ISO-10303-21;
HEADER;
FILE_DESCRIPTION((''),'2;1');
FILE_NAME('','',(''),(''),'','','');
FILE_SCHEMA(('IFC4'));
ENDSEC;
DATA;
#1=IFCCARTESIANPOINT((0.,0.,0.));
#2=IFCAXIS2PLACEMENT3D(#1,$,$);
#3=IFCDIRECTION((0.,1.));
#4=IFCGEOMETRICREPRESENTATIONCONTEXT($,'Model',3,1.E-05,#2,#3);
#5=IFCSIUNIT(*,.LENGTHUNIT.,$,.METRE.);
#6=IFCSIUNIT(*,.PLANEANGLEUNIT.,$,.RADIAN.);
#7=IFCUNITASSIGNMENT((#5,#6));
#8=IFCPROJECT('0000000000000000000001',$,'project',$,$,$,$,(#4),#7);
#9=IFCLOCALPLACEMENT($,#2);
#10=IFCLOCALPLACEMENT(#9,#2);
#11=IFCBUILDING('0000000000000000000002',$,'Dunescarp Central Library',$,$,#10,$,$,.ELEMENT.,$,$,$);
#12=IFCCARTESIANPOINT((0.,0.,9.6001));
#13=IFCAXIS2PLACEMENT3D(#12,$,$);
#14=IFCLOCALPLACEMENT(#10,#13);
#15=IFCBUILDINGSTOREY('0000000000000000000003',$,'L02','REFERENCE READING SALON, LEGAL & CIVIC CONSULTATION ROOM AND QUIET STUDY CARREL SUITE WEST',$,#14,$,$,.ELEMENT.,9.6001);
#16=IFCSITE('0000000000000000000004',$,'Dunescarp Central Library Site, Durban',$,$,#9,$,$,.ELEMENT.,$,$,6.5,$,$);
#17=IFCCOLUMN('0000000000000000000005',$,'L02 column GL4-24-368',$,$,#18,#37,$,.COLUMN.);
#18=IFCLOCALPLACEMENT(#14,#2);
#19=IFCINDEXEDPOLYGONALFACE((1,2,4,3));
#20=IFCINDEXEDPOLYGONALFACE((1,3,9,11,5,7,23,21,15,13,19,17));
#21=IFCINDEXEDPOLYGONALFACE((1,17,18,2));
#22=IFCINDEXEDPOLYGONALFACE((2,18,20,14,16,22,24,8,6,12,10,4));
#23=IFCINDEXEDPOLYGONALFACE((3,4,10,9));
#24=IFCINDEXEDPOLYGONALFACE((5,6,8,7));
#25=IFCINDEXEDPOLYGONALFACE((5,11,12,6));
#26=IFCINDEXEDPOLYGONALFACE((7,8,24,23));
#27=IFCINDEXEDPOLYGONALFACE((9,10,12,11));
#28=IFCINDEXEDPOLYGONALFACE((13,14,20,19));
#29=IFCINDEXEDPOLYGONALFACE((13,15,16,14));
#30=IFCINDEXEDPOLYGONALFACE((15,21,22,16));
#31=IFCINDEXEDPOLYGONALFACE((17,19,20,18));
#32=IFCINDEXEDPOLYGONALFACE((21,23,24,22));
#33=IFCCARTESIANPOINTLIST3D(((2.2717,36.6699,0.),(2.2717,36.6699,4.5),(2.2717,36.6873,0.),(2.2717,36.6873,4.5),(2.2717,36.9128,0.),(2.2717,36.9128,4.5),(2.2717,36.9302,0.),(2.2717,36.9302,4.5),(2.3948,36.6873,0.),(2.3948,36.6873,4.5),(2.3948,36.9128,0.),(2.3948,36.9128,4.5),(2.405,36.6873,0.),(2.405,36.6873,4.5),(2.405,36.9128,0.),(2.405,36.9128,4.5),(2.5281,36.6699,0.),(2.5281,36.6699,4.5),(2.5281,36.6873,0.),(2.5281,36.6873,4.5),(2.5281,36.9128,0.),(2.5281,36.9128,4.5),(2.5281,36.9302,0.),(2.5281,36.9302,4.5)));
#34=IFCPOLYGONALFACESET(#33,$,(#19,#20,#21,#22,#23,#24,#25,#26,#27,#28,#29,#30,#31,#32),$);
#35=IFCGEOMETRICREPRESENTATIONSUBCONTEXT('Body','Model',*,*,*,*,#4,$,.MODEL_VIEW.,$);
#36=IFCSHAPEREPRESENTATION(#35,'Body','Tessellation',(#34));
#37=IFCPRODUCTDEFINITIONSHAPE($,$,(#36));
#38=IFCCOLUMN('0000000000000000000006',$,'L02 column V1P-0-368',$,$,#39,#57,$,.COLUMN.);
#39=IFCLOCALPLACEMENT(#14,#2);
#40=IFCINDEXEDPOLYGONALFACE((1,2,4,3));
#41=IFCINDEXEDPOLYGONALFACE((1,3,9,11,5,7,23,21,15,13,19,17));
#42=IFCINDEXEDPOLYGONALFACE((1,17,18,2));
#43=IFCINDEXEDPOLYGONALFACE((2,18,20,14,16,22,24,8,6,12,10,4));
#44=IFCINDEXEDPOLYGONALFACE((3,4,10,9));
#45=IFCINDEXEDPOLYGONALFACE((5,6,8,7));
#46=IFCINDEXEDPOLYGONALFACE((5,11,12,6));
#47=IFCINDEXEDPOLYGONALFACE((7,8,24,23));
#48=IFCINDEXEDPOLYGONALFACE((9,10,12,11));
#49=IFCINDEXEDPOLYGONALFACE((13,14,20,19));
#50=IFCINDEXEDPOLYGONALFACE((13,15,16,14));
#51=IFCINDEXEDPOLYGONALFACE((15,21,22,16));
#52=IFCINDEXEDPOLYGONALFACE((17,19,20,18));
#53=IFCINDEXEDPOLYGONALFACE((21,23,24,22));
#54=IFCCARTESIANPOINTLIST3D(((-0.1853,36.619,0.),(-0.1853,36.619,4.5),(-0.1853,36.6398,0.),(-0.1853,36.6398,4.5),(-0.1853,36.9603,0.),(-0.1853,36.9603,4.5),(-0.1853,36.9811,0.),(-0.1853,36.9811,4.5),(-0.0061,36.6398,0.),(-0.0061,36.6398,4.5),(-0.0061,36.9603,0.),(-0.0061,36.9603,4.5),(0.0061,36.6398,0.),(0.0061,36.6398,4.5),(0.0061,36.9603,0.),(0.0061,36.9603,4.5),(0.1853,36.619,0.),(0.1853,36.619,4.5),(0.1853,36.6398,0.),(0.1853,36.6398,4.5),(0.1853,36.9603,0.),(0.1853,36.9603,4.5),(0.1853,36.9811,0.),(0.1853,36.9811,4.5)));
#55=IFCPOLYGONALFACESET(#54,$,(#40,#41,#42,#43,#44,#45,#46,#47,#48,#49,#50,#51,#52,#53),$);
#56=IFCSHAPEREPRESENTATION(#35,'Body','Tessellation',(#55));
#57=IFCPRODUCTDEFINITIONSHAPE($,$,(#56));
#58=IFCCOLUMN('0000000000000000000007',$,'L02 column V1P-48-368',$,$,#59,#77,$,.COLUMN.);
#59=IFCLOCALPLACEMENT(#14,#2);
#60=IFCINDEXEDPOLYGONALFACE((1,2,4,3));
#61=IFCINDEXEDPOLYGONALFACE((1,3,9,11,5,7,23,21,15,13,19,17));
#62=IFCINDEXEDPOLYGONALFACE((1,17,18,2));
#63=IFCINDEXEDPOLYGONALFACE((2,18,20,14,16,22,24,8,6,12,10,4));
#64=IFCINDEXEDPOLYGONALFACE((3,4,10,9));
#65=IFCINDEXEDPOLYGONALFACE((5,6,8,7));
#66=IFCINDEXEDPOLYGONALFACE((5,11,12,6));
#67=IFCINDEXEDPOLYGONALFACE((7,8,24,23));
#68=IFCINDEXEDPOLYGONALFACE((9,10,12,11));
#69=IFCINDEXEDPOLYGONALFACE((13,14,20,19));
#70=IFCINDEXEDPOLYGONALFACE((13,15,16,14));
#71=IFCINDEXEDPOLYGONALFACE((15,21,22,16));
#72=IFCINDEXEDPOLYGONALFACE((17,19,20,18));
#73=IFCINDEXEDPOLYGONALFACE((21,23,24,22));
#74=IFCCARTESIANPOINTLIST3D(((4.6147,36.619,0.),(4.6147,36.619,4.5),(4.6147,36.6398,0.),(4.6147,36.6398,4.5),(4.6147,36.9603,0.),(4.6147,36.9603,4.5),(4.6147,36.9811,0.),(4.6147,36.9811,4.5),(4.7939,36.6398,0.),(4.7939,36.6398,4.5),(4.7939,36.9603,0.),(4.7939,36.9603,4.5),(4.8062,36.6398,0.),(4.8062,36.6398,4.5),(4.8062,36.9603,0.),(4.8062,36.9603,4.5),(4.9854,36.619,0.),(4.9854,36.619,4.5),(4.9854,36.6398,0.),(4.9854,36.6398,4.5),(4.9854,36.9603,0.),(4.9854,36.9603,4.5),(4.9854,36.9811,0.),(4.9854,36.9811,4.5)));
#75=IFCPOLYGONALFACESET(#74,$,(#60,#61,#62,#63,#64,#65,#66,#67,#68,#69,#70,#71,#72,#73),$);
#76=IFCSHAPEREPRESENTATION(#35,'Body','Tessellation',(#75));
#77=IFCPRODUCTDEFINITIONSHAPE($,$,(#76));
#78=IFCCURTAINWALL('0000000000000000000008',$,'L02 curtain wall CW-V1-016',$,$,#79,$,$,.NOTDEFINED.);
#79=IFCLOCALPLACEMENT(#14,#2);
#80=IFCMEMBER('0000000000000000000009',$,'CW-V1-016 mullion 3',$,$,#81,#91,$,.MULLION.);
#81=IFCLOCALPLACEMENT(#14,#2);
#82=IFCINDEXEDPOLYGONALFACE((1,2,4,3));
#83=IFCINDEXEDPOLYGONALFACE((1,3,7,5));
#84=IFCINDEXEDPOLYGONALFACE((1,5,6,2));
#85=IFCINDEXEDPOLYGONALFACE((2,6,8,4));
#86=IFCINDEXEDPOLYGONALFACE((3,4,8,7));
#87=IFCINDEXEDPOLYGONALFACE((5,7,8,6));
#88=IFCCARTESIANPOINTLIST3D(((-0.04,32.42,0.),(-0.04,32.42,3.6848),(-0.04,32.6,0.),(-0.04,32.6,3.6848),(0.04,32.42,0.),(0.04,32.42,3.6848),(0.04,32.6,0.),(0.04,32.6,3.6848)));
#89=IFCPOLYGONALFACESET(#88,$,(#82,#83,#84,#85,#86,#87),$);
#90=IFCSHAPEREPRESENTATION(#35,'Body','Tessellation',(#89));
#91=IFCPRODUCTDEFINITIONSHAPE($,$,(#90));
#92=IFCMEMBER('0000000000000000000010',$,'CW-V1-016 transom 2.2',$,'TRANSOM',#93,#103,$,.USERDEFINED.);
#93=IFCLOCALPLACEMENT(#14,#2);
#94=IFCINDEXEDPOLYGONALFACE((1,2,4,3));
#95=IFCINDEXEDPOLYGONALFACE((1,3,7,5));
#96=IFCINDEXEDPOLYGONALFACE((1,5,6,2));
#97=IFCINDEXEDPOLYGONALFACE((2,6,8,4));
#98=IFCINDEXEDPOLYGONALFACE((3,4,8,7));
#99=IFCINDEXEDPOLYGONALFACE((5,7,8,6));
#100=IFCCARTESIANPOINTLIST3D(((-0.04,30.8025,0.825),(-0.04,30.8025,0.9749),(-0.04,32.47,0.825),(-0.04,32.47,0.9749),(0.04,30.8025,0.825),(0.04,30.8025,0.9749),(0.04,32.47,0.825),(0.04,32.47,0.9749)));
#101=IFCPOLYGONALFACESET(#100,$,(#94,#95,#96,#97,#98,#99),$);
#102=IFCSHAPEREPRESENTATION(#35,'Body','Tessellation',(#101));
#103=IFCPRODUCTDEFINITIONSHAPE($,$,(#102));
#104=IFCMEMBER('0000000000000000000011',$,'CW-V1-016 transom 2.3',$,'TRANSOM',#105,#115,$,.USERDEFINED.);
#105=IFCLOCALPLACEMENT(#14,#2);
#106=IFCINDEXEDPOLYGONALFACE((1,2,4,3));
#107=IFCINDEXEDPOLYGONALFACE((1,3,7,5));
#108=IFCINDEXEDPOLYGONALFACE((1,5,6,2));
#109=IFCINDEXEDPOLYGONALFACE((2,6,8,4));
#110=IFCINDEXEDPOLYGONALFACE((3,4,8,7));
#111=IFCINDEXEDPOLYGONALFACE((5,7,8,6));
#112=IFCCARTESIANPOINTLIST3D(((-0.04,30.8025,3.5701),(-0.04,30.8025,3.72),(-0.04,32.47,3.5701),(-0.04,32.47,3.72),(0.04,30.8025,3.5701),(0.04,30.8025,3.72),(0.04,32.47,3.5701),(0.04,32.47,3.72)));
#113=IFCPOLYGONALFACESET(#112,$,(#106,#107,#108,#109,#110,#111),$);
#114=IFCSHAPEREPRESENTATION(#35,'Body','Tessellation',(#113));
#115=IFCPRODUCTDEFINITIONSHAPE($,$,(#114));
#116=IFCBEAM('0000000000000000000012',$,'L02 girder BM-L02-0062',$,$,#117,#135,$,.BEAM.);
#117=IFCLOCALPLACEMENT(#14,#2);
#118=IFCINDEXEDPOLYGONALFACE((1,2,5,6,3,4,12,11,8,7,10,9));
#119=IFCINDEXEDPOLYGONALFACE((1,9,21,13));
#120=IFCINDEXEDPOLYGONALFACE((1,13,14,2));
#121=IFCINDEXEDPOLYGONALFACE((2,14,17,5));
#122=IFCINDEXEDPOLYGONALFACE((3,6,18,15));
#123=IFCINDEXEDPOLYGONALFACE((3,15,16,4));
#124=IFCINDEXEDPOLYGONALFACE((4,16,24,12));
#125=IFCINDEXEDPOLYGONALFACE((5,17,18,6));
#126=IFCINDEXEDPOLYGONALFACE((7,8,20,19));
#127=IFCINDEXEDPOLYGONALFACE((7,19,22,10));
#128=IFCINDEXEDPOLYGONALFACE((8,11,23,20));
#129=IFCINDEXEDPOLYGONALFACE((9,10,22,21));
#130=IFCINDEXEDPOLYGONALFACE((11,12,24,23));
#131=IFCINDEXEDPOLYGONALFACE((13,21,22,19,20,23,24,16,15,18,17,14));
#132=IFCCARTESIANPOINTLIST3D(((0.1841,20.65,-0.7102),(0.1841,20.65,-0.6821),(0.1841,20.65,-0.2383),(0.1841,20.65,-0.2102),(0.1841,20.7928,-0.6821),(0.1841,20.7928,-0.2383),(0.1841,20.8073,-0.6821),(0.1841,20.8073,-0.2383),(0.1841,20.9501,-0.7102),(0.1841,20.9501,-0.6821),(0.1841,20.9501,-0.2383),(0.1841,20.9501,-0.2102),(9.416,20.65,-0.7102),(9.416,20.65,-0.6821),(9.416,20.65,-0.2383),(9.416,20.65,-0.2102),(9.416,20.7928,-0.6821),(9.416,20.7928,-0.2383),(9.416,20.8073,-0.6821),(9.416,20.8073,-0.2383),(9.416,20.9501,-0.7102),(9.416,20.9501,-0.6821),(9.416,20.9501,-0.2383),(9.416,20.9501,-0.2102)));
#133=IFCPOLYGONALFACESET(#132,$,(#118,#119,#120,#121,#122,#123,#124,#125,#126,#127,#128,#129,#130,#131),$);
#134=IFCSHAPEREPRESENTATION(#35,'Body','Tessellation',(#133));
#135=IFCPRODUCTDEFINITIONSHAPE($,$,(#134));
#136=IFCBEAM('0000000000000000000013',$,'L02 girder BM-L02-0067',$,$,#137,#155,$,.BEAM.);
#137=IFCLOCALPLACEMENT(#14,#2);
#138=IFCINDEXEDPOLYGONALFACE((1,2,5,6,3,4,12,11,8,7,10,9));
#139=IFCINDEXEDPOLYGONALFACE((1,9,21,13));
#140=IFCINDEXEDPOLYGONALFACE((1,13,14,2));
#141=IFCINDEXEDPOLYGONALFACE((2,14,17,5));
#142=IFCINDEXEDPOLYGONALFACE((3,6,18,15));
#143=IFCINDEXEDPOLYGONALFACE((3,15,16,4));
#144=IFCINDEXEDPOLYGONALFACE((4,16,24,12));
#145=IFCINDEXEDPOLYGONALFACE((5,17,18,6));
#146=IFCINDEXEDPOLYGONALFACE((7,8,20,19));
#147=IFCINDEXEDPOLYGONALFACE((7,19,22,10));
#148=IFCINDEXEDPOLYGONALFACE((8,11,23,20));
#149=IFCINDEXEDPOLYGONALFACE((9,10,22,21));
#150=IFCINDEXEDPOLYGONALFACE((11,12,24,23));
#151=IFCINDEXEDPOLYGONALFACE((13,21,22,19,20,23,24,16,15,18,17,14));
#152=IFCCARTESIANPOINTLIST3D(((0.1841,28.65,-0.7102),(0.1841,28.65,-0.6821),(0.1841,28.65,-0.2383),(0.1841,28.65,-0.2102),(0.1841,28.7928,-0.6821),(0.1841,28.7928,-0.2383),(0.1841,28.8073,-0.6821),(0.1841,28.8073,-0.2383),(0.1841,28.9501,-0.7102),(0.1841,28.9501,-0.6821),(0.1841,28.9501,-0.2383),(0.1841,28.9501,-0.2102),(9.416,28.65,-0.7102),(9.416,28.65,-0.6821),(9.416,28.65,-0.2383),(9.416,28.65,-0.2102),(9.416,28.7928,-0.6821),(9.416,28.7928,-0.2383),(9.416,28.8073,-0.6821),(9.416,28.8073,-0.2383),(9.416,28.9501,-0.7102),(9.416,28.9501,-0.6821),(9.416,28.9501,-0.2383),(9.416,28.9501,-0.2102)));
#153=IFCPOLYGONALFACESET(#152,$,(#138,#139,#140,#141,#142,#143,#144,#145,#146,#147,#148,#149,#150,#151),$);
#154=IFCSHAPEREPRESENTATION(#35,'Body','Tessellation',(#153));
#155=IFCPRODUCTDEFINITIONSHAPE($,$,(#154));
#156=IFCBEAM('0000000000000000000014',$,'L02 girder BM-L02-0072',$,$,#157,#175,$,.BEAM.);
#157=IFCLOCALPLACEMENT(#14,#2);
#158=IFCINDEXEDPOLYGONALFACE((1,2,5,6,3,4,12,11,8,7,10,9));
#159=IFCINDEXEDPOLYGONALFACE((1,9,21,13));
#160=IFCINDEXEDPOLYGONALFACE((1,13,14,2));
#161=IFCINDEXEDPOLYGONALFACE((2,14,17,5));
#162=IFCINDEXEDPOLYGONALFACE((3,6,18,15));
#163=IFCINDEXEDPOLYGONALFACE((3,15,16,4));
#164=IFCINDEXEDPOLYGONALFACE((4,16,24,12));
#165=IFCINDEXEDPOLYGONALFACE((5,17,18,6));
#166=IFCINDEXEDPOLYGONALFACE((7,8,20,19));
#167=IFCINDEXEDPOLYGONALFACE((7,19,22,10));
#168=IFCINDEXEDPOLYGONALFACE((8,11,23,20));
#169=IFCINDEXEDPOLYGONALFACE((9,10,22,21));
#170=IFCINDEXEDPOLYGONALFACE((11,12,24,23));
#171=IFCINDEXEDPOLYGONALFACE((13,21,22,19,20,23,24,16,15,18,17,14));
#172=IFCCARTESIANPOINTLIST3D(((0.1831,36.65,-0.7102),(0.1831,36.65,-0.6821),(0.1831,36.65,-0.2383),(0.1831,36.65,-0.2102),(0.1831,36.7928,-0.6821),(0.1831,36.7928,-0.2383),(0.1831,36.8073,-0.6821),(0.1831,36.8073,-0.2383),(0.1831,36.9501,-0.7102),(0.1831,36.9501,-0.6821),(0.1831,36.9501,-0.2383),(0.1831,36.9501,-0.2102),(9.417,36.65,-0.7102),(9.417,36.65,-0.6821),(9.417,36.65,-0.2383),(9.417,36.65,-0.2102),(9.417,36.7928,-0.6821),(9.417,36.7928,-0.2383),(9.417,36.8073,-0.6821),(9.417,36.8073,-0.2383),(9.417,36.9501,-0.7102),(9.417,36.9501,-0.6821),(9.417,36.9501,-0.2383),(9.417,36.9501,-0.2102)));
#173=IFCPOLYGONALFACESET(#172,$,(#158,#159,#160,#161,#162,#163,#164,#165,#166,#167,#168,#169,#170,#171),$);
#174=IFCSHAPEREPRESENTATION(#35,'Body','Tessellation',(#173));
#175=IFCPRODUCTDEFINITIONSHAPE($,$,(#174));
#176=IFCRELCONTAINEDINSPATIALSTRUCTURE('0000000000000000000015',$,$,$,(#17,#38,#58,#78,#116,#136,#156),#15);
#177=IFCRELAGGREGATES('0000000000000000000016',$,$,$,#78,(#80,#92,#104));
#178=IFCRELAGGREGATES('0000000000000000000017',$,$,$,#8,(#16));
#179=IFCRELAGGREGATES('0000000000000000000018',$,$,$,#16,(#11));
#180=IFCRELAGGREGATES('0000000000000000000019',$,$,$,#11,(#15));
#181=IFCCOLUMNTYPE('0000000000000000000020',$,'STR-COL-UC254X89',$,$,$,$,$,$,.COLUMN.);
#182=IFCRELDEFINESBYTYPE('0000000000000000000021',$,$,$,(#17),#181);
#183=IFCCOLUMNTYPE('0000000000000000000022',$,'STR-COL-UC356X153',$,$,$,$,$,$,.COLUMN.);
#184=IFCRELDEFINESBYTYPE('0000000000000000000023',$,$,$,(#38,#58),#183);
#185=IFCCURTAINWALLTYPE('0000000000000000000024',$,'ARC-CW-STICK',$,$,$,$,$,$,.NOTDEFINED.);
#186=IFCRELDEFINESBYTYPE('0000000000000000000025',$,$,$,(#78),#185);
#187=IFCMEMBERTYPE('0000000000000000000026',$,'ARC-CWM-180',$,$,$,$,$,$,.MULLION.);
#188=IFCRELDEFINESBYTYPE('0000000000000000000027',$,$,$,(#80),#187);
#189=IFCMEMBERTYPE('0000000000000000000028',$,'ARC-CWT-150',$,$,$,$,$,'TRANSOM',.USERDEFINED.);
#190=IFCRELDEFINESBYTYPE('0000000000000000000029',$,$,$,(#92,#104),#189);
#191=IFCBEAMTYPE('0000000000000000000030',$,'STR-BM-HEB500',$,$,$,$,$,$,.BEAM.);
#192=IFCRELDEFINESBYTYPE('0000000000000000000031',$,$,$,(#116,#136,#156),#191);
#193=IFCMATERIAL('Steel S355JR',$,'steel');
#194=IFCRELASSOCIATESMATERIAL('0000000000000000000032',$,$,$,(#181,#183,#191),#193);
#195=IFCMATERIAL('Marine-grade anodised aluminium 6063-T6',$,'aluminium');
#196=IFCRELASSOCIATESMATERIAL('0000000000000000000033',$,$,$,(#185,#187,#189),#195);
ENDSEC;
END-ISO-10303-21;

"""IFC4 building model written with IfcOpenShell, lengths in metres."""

from ifc_helpers import new_model, si_unit, direction, frame, origin, origin_2d, place, context, subcontext, project, spatial, rectangle, i_section, extrude, material, material_profile, profile_set, type_object, element, aggregate, save


model = new_model("IFC4")

# Units and contexts
model_context = context("Model", 3, precision=1e-05, world=origin(), true_north=direction((0.0, 1.0)))
body_context = subcontext(model_context, "Body", "Model", "MODEL_VIEW")
ifc_project = project(units=[si_unit("LENGTHUNIT", "METRE"), si_unit("PLANEANGLEUNIT", "RADIAN")], contexts=[model_context])

# Site, building, storey
site_placement = place(None, origin())
site = spatial("IfcSite", under=ifc_project, at=site_placement, Name="Dunescarp Central Library Site, Durban", CompositionType="ELEMENT", RefElevation=6.5)
building_placement = place(site_placement, origin())
building = spatial("IfcBuilding", under=site, at=building_placement, Name="Dunescarp Central Library", CompositionType="ELEMENT")
storey_placement = place(building_placement, frame((0.0, 0.0, 9.6001)))
storey = spatial("IfcBuildingStorey", under=building, at=storey_placement, Name="L02", Description="REFERENCE READING SALON, LEGAL & CIVIC CONSULTATION ROOM AND QUIET STUDY CARREL SUITE WEST", CompositionType="ELEMENT", Elevation=9.6001)

# Columns
ifc_material_1 = material(Name="Steel S355JR", Category="steel")
ifc_material_profile_1 = material_profile(ifc_material_1, i_section(OverallWidth=0.2563, OverallDepth=0.2603, WebThickness=0.0103, FlangeThickness=0.0173, at=origin_2d()), Name="UC 254x254x89")
ifc_profile_set_1 = profile_set([ifc_material_profile_1], Name="Steel S355JR")
column_type_1 = type_object("IfcColumnType", Name="STR-COL-UC254X89", PredefinedType="COLUMN", material=ifc_profile_set_1)
column_placement = place(storey_placement, frame((2.3999, 36.8, 0.0), z_axis=(0.0, 0.0, 1.0), x_axis=(1.0, 0.0, 0.0)))
element("IfcColumn", 1, at=column_placement, inside=storey, type_object=column_type_1, Name="L02 column GL4-24-368", PredefinedType="COLUMN", context=body_context, shape_type="SweptSolid", body=[
    extrude(i_section(OverallWidth=0.2563, OverallDepth=0.2603, WebThickness=0.0103, FlangeThickness=0.0173, at=origin_2d()), origin(), (0.0, 0.0, 1.0), 4.5),
])
ifc_material_profile_2 = material_profile(ifc_material_1, i_section(OverallWidth=0.3706, OverallDepth=0.3621, WebThickness=0.0122, FlangeThickness=0.0208, at=origin_2d()), Name="UC 356x368x153")
ifc_profile_set_2 = profile_set([ifc_material_profile_2], Name="Steel S355JR")
column_type_2 = type_object("IfcColumnType", Name="STR-COL-UC356X153", PredefinedType="COLUMN", material=ifc_profile_set_2)
for number, where, z_axis, x_axis, name in (
    (2, (0.0, 36.8, 0.0), (0.0, 0.0, 1.0), (1.0, 0.0, 0.0), "L02 column V1P-0-368"),
    (3, (4.8, 36.8, 0.0), (0.0, 0.0, 1.0), (1.0, 0.0, 0.0), "L02 column V1P-48-368"),
):
    element("IfcColumn", number, at=place(storey_placement, frame(where, z_axis=z_axis, x_axis=x_axis)), inside=storey, type_object=column_type_2, Name=name, PredefinedType="COLUMN", context=body_context, shape_type="SweptSolid", body=[
        extrude(i_section(OverallWidth=0.3706, OverallDepth=0.3621, WebThickness=0.0122, FlangeThickness=0.0208, at=origin_2d()), origin(), (0.0, 0.0, 1.0), 4.5),
    ])

# Curtain wall, members
ifc_material_2 = material(Name="Marine-grade anodised aluminium 6063-T6", Category="aluminium")
curtain_wall_type = type_object("IfcCurtainWallType", Name="ARC-CW-STICK", PredefinedType="NOTDEFINED", material=ifc_material_2)
curtain_wall_placement = place(storey_placement, origin())
curtain_wall = element("IfcCurtainWall", 4, at=curtain_wall_placement, inside=storey, type_object=curtain_wall_type, Name="L02 curtain wall CW-V1-016", PredefinedType="NOTDEFINED")
ifc_material_profile_3 = material_profile(ifc_material_2, rectangle(XDim=0.0801, YDim=0.1799, at=origin_2d()), Name="AL 80x180")
ifc_profile_set_3 = profile_set([ifc_material_profile_3], Name="Marine-grade anodised aluminium 6063-T6")
member_type_1 = type_object("IfcMemberType", Name="ARC-CWM-180", PredefinedType="MULLION", material=ifc_profile_set_3)
member_1_placement = place(storey_placement, frame((0.0, 32.51, 0.0), z_axis=(0.0, 0.0, 1.0), x_axis=(-1.0, 0.0, 0.0)))
member_1 = element("IfcMember", 5, at=member_1_placement, type_object=member_type_1, Name="CW-V1-016 mullion 3", PredefinedType="MULLION", context=body_context, shape_type="SweptSolid", body=[
    extrude(rectangle(XDim=0.0801, YDim=0.1799, at=origin_2d()), origin(), (0.0, 0.0, 1.0), 3.6848),
])
ifc_material_profile_4 = material_profile(ifc_material_2, rectangle(XDim=0.0801, YDim=0.1499, at=origin_2d()), Name="AL 80x150")
ifc_profile_set_4 = profile_set([ifc_material_profile_4], Name="Marine-grade anodised aluminium 6063-T6")
member_type_2 = type_object("IfcMemberType", Name="ARC-CWT-150", ElementType="TRANSOM", PredefinedType="USERDEFINED", material=ifc_profile_set_4)
member_2_placement = place(storey_placement, frame((0.0, 30.8025, 0.8999), z_axis=(0.0, 1.0, 0.0), x_axis=(-1.0, 0.0, 0.0)))
member_2 = element("IfcMember", 6, at=member_2_placement, type_object=member_type_2, Name="CW-V1-016 transom 2.2", ObjectType="TRANSOM", PredefinedType="USERDEFINED", context=body_context, shape_type="SweptSolid", body=[
    extrude(rectangle(XDim=0.0801, YDim=0.1499, at=origin_2d()), origin(), (0.0, 0.0, 1.0), 1.6675),
])
member_3_placement = place(storey_placement, frame((0.0, 30.8025, 3.645), z_axis=(0.0, 1.0, 0.0), x_axis=(-1.0, 0.0, 0.0)))
member_3 = element("IfcMember", 7, at=member_3_placement, type_object=member_type_2, Name="CW-V1-016 transom 2.3", ObjectType="TRANSOM", PredefinedType="USERDEFINED", context=body_context, shape_type="SweptSolid", body=[
    extrude(rectangle(XDim=0.0801, YDim=0.1499, at=origin_2d()), origin(), (0.0, 0.0, 1.0), 1.6675),
])

# Beams
ifc_material_profile_5 = material_profile(ifc_material_1, i_section(OverallWidth=0.3, OverallDepth=0.5, WebThickness=0.0144, FlangeThickness=0.0281, at=origin_2d()), Name="HEB 500")
ifc_profile_set_5 = profile_set([ifc_material_profile_5], Name="Steel S355JR")
beam_type_1 = type_object("IfcBeamType", Name="STR-BM-HEB500", PredefinedType="BEAM", material=ifc_profile_set_5)
for number, where, z_axis, x_axis, name in (
    (8, (0.1841, 20.8, -0.4602), (1.0, 0.0, 0.0), (0.0, 1.0, 0.0), "L02 girder BM-L02-0062"),
    (9, (0.1841, 28.8, -0.4602), (1.0, 0.0, 0.0), (0.0, 1.0, 0.0), "L02 girder BM-L02-0067"),
):
    element("IfcBeam", number, at=place(storey_placement, frame(where, z_axis=z_axis, x_axis=x_axis)), inside=storey, type_object=beam_type_1, Name=name, PredefinedType="BEAM", context=body_context, shape_type="SweptSolid", body=[
        extrude(i_section(OverallWidth=0.3, OverallDepth=0.5, WebThickness=0.0144, FlangeThickness=0.0281, at=origin_2d()), origin(), (0.0, 0.0, 1.0), 9.2319),
    ])
beam_1_placement = place(storey_placement, frame((0.1831, 36.8, -0.4602), z_axis=(1.0, 0.0, 0.0), x_axis=(0.0, 1.0, 0.0)))
element("IfcBeam", 10, at=beam_1_placement, inside=storey, type_object=beam_type_1, Name="L02 girder BM-L02-0072", PredefinedType="BEAM", context=body_context, shape_type="SweptSolid", body=[
    extrude(i_section(OverallWidth=0.3, OverallDepth=0.5, WebThickness=0.0144, FlangeThickness=0.0281, at=origin_2d()), origin(), (0.0, 0.0, 1.0), 9.2339),
])

aggregate(curtain_wall, [member_1, member_2, member_3])

save(model, "model.ifc")
